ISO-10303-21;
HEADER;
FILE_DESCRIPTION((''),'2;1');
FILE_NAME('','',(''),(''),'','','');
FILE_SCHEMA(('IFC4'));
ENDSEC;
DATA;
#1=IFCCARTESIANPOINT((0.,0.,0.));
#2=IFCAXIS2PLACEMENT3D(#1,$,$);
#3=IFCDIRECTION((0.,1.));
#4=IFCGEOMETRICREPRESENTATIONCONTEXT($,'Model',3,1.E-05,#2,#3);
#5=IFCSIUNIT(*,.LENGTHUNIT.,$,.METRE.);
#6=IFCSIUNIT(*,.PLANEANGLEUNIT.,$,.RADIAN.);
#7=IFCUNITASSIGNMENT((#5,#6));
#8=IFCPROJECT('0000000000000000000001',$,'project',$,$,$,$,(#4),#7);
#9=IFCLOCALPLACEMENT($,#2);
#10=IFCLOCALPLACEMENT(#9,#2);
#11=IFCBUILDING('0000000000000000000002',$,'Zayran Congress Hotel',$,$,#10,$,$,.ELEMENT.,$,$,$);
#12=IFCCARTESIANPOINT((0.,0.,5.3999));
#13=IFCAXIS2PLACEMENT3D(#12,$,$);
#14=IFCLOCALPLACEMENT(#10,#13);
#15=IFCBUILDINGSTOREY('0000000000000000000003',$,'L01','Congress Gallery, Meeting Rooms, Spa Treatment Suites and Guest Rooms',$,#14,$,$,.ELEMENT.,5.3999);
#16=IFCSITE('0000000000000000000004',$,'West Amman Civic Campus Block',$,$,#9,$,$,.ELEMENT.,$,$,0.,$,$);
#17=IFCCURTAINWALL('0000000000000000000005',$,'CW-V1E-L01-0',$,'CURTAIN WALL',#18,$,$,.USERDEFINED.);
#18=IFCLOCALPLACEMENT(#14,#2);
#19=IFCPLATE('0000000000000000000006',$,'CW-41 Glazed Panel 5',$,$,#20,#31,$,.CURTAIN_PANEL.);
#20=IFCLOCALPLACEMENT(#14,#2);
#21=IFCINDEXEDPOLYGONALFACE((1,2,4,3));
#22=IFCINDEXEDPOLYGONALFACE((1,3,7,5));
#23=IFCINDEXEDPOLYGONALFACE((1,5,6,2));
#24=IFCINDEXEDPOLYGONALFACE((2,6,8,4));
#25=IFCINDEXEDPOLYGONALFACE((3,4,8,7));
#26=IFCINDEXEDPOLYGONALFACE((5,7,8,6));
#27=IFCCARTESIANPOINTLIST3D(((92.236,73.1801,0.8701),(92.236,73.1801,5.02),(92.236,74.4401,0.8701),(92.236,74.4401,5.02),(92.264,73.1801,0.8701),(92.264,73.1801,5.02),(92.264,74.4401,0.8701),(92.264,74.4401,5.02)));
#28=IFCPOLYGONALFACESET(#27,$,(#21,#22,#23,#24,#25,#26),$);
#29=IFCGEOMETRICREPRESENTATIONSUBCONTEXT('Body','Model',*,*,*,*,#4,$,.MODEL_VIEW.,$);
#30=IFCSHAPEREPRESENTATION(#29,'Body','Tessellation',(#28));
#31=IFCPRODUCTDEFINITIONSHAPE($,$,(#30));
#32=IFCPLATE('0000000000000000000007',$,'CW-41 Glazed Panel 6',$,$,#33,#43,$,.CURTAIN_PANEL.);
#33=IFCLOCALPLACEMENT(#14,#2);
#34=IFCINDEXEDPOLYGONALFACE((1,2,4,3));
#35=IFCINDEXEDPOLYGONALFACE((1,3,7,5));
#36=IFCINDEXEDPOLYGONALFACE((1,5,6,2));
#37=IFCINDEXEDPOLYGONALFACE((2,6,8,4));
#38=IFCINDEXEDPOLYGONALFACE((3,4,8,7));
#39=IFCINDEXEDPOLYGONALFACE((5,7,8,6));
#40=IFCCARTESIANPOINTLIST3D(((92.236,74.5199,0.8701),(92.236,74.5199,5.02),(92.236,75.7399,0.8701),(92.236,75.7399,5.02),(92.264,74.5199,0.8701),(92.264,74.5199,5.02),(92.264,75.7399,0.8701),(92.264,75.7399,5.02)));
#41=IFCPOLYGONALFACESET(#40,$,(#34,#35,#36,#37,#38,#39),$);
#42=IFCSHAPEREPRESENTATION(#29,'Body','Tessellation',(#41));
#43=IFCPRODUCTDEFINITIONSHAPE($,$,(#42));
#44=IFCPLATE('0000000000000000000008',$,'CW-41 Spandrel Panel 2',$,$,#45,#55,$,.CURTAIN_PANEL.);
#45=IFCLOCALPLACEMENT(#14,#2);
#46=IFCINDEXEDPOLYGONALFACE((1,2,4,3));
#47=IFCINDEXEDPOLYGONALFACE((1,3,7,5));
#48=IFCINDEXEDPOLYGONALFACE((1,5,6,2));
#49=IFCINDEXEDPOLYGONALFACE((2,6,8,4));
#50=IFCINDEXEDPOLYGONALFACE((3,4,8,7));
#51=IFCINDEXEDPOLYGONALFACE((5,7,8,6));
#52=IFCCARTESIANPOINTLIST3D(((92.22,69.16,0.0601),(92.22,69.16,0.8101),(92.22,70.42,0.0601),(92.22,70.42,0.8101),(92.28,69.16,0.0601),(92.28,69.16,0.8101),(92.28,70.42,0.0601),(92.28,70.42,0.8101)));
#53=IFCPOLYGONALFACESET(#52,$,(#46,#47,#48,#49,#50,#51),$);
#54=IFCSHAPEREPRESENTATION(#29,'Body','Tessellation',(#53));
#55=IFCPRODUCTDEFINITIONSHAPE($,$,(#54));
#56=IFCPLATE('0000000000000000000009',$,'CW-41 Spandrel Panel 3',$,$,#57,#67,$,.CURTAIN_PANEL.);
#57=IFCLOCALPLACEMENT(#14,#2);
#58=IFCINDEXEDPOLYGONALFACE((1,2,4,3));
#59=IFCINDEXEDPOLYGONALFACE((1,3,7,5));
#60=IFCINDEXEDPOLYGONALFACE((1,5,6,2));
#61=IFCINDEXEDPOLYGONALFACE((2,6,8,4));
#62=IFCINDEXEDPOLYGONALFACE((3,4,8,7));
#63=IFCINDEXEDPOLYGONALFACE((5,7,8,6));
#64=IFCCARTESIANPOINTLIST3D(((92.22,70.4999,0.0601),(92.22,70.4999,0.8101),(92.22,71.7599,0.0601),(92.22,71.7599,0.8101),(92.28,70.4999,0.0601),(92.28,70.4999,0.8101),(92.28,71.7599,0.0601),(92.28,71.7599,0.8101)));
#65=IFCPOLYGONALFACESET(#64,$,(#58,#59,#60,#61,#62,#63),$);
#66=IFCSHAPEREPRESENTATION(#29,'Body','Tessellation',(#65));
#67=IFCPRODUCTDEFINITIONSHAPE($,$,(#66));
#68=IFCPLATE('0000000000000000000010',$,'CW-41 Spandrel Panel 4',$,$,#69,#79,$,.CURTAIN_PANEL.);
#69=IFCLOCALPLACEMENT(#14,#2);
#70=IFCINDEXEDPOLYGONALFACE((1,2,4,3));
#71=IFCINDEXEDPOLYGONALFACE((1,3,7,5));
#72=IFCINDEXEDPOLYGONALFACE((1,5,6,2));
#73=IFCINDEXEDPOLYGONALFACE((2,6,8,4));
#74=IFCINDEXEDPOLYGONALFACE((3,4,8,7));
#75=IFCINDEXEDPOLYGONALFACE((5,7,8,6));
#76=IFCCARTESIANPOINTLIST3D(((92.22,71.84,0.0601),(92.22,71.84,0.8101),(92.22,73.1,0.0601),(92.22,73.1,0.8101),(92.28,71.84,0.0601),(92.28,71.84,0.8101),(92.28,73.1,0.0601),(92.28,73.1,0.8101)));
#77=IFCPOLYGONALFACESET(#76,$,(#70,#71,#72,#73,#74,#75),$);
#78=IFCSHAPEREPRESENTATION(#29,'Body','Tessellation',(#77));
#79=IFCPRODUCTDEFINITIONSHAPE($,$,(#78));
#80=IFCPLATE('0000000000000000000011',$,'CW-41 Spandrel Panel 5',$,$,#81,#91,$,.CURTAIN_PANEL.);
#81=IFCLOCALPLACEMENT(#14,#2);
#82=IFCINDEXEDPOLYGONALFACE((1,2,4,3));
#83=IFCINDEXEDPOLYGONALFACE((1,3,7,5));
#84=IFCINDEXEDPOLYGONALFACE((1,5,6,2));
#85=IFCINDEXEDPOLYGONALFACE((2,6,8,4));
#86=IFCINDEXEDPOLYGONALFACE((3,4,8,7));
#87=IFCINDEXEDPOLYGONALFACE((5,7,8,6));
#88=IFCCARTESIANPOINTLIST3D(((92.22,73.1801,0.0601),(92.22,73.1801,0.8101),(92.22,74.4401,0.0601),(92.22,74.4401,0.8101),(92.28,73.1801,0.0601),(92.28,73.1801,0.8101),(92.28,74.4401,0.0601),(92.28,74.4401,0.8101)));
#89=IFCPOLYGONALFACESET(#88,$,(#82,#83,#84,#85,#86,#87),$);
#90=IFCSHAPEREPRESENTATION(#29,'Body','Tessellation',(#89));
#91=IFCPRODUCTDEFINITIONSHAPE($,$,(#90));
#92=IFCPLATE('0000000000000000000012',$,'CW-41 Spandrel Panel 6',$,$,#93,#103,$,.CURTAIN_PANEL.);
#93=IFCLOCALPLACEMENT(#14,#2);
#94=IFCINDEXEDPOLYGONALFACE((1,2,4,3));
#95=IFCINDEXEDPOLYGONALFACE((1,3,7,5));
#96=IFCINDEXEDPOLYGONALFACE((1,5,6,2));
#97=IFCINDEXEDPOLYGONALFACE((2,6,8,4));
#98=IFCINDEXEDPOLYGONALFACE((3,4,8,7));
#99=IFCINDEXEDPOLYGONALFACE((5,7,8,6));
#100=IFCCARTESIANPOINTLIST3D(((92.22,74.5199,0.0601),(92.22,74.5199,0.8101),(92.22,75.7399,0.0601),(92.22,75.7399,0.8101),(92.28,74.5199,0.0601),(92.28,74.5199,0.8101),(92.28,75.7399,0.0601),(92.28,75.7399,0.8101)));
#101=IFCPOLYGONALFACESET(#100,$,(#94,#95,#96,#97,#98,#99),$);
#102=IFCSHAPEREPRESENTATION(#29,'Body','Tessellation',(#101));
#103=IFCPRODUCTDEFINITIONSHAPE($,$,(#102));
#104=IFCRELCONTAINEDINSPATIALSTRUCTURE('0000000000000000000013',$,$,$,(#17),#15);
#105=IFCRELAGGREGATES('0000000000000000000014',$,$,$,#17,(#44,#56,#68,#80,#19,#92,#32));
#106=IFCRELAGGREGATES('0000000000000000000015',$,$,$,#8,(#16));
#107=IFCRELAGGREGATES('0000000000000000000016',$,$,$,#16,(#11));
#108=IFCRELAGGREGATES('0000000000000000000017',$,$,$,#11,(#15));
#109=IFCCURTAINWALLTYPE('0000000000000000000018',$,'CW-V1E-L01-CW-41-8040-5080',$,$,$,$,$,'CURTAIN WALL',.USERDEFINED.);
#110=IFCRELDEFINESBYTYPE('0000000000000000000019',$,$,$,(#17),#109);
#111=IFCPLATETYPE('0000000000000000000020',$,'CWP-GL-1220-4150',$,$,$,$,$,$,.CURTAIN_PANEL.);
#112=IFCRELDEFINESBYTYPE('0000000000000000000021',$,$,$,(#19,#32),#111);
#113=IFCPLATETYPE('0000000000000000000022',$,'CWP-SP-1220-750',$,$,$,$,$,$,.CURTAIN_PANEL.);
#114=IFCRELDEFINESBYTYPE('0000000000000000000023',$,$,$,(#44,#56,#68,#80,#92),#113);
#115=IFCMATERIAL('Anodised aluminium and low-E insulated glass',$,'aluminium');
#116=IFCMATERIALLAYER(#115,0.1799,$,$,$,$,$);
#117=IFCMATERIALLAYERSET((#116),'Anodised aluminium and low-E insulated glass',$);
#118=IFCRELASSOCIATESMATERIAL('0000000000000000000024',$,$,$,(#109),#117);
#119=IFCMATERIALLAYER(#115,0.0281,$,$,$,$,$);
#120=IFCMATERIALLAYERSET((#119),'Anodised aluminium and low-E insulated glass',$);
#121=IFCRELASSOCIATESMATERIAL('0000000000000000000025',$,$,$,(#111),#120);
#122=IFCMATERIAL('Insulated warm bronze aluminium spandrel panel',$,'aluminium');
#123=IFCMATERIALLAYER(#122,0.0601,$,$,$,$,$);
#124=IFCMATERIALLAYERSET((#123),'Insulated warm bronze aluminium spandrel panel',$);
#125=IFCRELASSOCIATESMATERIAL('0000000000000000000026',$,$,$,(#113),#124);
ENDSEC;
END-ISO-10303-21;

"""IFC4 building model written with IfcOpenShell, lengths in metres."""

from ifc_helpers import new_model, si_unit, direction, frame, origin, origin_2d, place, context, subcontext, project, spatial, rectangle, extrude, material, layer, layer_set, type_object, element, aggregate, save


model = new_model("IFC4")

# Units and contexts
model_context = context("Model", 3, precision=1e-05, world=origin(), true_north=direction((0.0, 1.0)))
body_context = subcontext(model_context, "Body", "Model", "MODEL_VIEW")
ifc_project = project(units=[si_unit("LENGTHUNIT", "METRE"), si_unit("PLANEANGLEUNIT", "RADIAN")], contexts=[model_context])

# Site, building, storey
site_placement = place(None, origin())
site = spatial("IfcSite", under=ifc_project, at=site_placement, Name="West Amman Civic Campus Block", CompositionType="ELEMENT", RefElevation=0.0)
building_placement = place(site_placement, origin())
building = spatial("IfcBuilding", under=site, at=building_placement, Name="Zayran Congress Hotel", CompositionType="ELEMENT")
storey_placement = place(building_placement, frame((0.0, 0.0, 5.3999)))
storey = spatial("IfcBuildingStorey", under=building, at=storey_placement, Name="L01", Description="Congress Gallery, Meeting Rooms, Spa Treatment Suites and Guest Rooms", CompositionType="ELEMENT", Elevation=5.3999)

# Curtain wall, plates
ifc_material_1 = material(Name="Anodised aluminium and low-E insulated glass", Category="aluminium")
ifc_layer_1 = layer(ifc_material_1, 0.1799)
ifc_layer_set_1 = layer_set([ifc_layer_1], Name="Anodised aluminium and low-E insulated glass")
curtain_wall_type = type_object("IfcCurtainWallType", Name="CW-V1E-L01-CW-41-8040-5080", ElementType="CURTAIN WALL", PredefinedType="USERDEFINED", material=ifc_layer_set_1)
curtain_wall_placement = place(storey_placement, origin())
curtain_wall = element("IfcCurtainWall", 1, at=curtain_wall_placement, inside=storey, type_object=curtain_wall_type, Name="CW-V1E-L01-0", ObjectType="CURTAIN WALL", PredefinedType="USERDEFINED")
ifc_layer_2 = layer(ifc_material_1, 0.0281)
ifc_layer_set_2 = layer_set([ifc_layer_2], Name="Anodised aluminium and low-E insulated glass")
plate_type_1 = type_object("IfcPlateType", Name="CWP-GL-1220-4150", PredefinedType="CURTAIN_PANEL", material=ifc_layer_set_2)
plate_1_placement = place(storey_placement, frame((92.25, 73.8101, 0.8701), z_axis=(0.0, 0.0, 1.0), x_axis=(0.0, 1.0, 0.0)))
plate_1 = element("IfcPlate", 2, at=plate_1_placement, type_object=plate_type_1, Name="CW-41 Glazed Panel 5", PredefinedType="CURTAIN_PANEL", context=body_context, shape_type="SweptSolid", body=[
    extrude(rectangle(XDim=1.26, YDim=0.0281, at=origin_2d()), origin(), (0.0, 0.0, 1.0), 4.1499),
])
plate_2_placement = place(storey_placement, frame((92.25, 75.1299, 0.8701), z_axis=(0.0, 0.0, 1.0), x_axis=(0.0, 1.0, 0.0)))
plate_2 = element("IfcPlate", 3, at=plate_2_placement, type_object=plate_type_1, Name="CW-41 Glazed Panel 6", PredefinedType="CURTAIN_PANEL", context=body_context, shape_type="SweptSolid", body=[
    extrude(rectangle(XDim=1.22, YDim=0.0281, at=origin_2d()), origin(), (0.0, 0.0, 1.0), 4.1499),
])
ifc_material_2 = material(Name="Insulated warm bronze aluminium spandrel panel", Category="aluminium")
ifc_layer_3 = layer(ifc_material_2, 0.0601)
ifc_layer_set_3 = layer_set([ifc_layer_3], Name="Insulated warm bronze aluminium spandrel panel")
plate_type_2 = type_object("IfcPlateType", Name="CWP-SP-1220-750", PredefinedType="CURTAIN_PANEL", material=ifc_layer_set_3)
plate_3_placement = place(storey_placement, frame((92.25, 69.79, 0.0601), z_axis=(0.0, 0.0, 1.0), x_axis=(0.0, 1.0, 0.0)))
plate_3 = element("IfcPlate", 4, at=plate_3_placement, type_object=plate_type_2, Name="CW-41 Spandrel Panel 2", PredefinedType="CURTAIN_PANEL", context=body_context, shape_type="SweptSolid", body=[
    extrude(rectangle(XDim=1.26, YDim=0.0601, at=origin_2d()), origin(), (0.0, 0.0, 1.0), 0.75),
])
plate_4_placement = place(storey_placement, frame((92.25, 71.1299, 0.0601), z_axis=(0.0, 0.0, 1.0), x_axis=(0.0, 1.0, 0.0)))
plate_4 = element("IfcPlate", 5, at=plate_4_placement, type_object=plate_type_2, Name="CW-41 Spandrel Panel 3", PredefinedType="CURTAIN_PANEL", context=body_context, shape_type="SweptSolid", body=[
    extrude(rectangle(XDim=1.26, YDim=0.0601, at=origin_2d()), origin(), (0.0, 0.0, 1.0), 0.75),
])
plate_5_placement = place(storey_placement, frame((92.25, 72.47, 0.0601), z_axis=(0.0, 0.0, 1.0), x_axis=(0.0, 1.0, 0.0)))
plate_5 = element("IfcPlate", 6, at=plate_5_placement, type_object=plate_type_2, Name="CW-41 Spandrel Panel 4", PredefinedType="CURTAIN_PANEL", context=body_context, shape_type="SweptSolid", body=[
    extrude(rectangle(XDim=1.26, YDim=0.0601, at=origin_2d()), origin(), (0.0, 0.0, 1.0), 0.75),
])
plate_6_placement = place(storey_placement, frame((92.25, 73.8101, 0.0601), z_axis=(0.0, 0.0, 1.0), x_axis=(0.0, 1.0, 0.0)))
plate_6 = element("IfcPlate", 7, at=plate_6_placement, type_object=plate_type_2, Name="CW-41 Spandrel Panel 5", PredefinedType="CURTAIN_PANEL", context=body_context, shape_type="SweptSolid", body=[
    extrude(rectangle(XDim=1.26, YDim=0.0601, at=origin_2d()), origin(), (0.0, 0.0, 1.0), 0.75),
])
plate_7_placement = place(storey_placement, frame((92.25, 75.1299, 0.0601), z_axis=(0.0, 0.0, 1.0), x_axis=(0.0, 1.0, 0.0)))
plate_7 = element("IfcPlate", 8, at=plate_7_placement, type_object=plate_type_2, Name="CW-41 Spandrel Panel 6", PredefinedType="CURTAIN_PANEL", context=body_context, shape_type="SweptSolid", body=[
    extrude(rectangle(XDim=1.22, YDim=0.0601, at=origin_2d()), origin(), (0.0, 0.0, 1.0), 0.75),
])
aggregate(curtain_wall, [plate_3, plate_4, plate_5, plate_6, plate_1, plate_7, plate_2])

save(model, "model.ifc")
